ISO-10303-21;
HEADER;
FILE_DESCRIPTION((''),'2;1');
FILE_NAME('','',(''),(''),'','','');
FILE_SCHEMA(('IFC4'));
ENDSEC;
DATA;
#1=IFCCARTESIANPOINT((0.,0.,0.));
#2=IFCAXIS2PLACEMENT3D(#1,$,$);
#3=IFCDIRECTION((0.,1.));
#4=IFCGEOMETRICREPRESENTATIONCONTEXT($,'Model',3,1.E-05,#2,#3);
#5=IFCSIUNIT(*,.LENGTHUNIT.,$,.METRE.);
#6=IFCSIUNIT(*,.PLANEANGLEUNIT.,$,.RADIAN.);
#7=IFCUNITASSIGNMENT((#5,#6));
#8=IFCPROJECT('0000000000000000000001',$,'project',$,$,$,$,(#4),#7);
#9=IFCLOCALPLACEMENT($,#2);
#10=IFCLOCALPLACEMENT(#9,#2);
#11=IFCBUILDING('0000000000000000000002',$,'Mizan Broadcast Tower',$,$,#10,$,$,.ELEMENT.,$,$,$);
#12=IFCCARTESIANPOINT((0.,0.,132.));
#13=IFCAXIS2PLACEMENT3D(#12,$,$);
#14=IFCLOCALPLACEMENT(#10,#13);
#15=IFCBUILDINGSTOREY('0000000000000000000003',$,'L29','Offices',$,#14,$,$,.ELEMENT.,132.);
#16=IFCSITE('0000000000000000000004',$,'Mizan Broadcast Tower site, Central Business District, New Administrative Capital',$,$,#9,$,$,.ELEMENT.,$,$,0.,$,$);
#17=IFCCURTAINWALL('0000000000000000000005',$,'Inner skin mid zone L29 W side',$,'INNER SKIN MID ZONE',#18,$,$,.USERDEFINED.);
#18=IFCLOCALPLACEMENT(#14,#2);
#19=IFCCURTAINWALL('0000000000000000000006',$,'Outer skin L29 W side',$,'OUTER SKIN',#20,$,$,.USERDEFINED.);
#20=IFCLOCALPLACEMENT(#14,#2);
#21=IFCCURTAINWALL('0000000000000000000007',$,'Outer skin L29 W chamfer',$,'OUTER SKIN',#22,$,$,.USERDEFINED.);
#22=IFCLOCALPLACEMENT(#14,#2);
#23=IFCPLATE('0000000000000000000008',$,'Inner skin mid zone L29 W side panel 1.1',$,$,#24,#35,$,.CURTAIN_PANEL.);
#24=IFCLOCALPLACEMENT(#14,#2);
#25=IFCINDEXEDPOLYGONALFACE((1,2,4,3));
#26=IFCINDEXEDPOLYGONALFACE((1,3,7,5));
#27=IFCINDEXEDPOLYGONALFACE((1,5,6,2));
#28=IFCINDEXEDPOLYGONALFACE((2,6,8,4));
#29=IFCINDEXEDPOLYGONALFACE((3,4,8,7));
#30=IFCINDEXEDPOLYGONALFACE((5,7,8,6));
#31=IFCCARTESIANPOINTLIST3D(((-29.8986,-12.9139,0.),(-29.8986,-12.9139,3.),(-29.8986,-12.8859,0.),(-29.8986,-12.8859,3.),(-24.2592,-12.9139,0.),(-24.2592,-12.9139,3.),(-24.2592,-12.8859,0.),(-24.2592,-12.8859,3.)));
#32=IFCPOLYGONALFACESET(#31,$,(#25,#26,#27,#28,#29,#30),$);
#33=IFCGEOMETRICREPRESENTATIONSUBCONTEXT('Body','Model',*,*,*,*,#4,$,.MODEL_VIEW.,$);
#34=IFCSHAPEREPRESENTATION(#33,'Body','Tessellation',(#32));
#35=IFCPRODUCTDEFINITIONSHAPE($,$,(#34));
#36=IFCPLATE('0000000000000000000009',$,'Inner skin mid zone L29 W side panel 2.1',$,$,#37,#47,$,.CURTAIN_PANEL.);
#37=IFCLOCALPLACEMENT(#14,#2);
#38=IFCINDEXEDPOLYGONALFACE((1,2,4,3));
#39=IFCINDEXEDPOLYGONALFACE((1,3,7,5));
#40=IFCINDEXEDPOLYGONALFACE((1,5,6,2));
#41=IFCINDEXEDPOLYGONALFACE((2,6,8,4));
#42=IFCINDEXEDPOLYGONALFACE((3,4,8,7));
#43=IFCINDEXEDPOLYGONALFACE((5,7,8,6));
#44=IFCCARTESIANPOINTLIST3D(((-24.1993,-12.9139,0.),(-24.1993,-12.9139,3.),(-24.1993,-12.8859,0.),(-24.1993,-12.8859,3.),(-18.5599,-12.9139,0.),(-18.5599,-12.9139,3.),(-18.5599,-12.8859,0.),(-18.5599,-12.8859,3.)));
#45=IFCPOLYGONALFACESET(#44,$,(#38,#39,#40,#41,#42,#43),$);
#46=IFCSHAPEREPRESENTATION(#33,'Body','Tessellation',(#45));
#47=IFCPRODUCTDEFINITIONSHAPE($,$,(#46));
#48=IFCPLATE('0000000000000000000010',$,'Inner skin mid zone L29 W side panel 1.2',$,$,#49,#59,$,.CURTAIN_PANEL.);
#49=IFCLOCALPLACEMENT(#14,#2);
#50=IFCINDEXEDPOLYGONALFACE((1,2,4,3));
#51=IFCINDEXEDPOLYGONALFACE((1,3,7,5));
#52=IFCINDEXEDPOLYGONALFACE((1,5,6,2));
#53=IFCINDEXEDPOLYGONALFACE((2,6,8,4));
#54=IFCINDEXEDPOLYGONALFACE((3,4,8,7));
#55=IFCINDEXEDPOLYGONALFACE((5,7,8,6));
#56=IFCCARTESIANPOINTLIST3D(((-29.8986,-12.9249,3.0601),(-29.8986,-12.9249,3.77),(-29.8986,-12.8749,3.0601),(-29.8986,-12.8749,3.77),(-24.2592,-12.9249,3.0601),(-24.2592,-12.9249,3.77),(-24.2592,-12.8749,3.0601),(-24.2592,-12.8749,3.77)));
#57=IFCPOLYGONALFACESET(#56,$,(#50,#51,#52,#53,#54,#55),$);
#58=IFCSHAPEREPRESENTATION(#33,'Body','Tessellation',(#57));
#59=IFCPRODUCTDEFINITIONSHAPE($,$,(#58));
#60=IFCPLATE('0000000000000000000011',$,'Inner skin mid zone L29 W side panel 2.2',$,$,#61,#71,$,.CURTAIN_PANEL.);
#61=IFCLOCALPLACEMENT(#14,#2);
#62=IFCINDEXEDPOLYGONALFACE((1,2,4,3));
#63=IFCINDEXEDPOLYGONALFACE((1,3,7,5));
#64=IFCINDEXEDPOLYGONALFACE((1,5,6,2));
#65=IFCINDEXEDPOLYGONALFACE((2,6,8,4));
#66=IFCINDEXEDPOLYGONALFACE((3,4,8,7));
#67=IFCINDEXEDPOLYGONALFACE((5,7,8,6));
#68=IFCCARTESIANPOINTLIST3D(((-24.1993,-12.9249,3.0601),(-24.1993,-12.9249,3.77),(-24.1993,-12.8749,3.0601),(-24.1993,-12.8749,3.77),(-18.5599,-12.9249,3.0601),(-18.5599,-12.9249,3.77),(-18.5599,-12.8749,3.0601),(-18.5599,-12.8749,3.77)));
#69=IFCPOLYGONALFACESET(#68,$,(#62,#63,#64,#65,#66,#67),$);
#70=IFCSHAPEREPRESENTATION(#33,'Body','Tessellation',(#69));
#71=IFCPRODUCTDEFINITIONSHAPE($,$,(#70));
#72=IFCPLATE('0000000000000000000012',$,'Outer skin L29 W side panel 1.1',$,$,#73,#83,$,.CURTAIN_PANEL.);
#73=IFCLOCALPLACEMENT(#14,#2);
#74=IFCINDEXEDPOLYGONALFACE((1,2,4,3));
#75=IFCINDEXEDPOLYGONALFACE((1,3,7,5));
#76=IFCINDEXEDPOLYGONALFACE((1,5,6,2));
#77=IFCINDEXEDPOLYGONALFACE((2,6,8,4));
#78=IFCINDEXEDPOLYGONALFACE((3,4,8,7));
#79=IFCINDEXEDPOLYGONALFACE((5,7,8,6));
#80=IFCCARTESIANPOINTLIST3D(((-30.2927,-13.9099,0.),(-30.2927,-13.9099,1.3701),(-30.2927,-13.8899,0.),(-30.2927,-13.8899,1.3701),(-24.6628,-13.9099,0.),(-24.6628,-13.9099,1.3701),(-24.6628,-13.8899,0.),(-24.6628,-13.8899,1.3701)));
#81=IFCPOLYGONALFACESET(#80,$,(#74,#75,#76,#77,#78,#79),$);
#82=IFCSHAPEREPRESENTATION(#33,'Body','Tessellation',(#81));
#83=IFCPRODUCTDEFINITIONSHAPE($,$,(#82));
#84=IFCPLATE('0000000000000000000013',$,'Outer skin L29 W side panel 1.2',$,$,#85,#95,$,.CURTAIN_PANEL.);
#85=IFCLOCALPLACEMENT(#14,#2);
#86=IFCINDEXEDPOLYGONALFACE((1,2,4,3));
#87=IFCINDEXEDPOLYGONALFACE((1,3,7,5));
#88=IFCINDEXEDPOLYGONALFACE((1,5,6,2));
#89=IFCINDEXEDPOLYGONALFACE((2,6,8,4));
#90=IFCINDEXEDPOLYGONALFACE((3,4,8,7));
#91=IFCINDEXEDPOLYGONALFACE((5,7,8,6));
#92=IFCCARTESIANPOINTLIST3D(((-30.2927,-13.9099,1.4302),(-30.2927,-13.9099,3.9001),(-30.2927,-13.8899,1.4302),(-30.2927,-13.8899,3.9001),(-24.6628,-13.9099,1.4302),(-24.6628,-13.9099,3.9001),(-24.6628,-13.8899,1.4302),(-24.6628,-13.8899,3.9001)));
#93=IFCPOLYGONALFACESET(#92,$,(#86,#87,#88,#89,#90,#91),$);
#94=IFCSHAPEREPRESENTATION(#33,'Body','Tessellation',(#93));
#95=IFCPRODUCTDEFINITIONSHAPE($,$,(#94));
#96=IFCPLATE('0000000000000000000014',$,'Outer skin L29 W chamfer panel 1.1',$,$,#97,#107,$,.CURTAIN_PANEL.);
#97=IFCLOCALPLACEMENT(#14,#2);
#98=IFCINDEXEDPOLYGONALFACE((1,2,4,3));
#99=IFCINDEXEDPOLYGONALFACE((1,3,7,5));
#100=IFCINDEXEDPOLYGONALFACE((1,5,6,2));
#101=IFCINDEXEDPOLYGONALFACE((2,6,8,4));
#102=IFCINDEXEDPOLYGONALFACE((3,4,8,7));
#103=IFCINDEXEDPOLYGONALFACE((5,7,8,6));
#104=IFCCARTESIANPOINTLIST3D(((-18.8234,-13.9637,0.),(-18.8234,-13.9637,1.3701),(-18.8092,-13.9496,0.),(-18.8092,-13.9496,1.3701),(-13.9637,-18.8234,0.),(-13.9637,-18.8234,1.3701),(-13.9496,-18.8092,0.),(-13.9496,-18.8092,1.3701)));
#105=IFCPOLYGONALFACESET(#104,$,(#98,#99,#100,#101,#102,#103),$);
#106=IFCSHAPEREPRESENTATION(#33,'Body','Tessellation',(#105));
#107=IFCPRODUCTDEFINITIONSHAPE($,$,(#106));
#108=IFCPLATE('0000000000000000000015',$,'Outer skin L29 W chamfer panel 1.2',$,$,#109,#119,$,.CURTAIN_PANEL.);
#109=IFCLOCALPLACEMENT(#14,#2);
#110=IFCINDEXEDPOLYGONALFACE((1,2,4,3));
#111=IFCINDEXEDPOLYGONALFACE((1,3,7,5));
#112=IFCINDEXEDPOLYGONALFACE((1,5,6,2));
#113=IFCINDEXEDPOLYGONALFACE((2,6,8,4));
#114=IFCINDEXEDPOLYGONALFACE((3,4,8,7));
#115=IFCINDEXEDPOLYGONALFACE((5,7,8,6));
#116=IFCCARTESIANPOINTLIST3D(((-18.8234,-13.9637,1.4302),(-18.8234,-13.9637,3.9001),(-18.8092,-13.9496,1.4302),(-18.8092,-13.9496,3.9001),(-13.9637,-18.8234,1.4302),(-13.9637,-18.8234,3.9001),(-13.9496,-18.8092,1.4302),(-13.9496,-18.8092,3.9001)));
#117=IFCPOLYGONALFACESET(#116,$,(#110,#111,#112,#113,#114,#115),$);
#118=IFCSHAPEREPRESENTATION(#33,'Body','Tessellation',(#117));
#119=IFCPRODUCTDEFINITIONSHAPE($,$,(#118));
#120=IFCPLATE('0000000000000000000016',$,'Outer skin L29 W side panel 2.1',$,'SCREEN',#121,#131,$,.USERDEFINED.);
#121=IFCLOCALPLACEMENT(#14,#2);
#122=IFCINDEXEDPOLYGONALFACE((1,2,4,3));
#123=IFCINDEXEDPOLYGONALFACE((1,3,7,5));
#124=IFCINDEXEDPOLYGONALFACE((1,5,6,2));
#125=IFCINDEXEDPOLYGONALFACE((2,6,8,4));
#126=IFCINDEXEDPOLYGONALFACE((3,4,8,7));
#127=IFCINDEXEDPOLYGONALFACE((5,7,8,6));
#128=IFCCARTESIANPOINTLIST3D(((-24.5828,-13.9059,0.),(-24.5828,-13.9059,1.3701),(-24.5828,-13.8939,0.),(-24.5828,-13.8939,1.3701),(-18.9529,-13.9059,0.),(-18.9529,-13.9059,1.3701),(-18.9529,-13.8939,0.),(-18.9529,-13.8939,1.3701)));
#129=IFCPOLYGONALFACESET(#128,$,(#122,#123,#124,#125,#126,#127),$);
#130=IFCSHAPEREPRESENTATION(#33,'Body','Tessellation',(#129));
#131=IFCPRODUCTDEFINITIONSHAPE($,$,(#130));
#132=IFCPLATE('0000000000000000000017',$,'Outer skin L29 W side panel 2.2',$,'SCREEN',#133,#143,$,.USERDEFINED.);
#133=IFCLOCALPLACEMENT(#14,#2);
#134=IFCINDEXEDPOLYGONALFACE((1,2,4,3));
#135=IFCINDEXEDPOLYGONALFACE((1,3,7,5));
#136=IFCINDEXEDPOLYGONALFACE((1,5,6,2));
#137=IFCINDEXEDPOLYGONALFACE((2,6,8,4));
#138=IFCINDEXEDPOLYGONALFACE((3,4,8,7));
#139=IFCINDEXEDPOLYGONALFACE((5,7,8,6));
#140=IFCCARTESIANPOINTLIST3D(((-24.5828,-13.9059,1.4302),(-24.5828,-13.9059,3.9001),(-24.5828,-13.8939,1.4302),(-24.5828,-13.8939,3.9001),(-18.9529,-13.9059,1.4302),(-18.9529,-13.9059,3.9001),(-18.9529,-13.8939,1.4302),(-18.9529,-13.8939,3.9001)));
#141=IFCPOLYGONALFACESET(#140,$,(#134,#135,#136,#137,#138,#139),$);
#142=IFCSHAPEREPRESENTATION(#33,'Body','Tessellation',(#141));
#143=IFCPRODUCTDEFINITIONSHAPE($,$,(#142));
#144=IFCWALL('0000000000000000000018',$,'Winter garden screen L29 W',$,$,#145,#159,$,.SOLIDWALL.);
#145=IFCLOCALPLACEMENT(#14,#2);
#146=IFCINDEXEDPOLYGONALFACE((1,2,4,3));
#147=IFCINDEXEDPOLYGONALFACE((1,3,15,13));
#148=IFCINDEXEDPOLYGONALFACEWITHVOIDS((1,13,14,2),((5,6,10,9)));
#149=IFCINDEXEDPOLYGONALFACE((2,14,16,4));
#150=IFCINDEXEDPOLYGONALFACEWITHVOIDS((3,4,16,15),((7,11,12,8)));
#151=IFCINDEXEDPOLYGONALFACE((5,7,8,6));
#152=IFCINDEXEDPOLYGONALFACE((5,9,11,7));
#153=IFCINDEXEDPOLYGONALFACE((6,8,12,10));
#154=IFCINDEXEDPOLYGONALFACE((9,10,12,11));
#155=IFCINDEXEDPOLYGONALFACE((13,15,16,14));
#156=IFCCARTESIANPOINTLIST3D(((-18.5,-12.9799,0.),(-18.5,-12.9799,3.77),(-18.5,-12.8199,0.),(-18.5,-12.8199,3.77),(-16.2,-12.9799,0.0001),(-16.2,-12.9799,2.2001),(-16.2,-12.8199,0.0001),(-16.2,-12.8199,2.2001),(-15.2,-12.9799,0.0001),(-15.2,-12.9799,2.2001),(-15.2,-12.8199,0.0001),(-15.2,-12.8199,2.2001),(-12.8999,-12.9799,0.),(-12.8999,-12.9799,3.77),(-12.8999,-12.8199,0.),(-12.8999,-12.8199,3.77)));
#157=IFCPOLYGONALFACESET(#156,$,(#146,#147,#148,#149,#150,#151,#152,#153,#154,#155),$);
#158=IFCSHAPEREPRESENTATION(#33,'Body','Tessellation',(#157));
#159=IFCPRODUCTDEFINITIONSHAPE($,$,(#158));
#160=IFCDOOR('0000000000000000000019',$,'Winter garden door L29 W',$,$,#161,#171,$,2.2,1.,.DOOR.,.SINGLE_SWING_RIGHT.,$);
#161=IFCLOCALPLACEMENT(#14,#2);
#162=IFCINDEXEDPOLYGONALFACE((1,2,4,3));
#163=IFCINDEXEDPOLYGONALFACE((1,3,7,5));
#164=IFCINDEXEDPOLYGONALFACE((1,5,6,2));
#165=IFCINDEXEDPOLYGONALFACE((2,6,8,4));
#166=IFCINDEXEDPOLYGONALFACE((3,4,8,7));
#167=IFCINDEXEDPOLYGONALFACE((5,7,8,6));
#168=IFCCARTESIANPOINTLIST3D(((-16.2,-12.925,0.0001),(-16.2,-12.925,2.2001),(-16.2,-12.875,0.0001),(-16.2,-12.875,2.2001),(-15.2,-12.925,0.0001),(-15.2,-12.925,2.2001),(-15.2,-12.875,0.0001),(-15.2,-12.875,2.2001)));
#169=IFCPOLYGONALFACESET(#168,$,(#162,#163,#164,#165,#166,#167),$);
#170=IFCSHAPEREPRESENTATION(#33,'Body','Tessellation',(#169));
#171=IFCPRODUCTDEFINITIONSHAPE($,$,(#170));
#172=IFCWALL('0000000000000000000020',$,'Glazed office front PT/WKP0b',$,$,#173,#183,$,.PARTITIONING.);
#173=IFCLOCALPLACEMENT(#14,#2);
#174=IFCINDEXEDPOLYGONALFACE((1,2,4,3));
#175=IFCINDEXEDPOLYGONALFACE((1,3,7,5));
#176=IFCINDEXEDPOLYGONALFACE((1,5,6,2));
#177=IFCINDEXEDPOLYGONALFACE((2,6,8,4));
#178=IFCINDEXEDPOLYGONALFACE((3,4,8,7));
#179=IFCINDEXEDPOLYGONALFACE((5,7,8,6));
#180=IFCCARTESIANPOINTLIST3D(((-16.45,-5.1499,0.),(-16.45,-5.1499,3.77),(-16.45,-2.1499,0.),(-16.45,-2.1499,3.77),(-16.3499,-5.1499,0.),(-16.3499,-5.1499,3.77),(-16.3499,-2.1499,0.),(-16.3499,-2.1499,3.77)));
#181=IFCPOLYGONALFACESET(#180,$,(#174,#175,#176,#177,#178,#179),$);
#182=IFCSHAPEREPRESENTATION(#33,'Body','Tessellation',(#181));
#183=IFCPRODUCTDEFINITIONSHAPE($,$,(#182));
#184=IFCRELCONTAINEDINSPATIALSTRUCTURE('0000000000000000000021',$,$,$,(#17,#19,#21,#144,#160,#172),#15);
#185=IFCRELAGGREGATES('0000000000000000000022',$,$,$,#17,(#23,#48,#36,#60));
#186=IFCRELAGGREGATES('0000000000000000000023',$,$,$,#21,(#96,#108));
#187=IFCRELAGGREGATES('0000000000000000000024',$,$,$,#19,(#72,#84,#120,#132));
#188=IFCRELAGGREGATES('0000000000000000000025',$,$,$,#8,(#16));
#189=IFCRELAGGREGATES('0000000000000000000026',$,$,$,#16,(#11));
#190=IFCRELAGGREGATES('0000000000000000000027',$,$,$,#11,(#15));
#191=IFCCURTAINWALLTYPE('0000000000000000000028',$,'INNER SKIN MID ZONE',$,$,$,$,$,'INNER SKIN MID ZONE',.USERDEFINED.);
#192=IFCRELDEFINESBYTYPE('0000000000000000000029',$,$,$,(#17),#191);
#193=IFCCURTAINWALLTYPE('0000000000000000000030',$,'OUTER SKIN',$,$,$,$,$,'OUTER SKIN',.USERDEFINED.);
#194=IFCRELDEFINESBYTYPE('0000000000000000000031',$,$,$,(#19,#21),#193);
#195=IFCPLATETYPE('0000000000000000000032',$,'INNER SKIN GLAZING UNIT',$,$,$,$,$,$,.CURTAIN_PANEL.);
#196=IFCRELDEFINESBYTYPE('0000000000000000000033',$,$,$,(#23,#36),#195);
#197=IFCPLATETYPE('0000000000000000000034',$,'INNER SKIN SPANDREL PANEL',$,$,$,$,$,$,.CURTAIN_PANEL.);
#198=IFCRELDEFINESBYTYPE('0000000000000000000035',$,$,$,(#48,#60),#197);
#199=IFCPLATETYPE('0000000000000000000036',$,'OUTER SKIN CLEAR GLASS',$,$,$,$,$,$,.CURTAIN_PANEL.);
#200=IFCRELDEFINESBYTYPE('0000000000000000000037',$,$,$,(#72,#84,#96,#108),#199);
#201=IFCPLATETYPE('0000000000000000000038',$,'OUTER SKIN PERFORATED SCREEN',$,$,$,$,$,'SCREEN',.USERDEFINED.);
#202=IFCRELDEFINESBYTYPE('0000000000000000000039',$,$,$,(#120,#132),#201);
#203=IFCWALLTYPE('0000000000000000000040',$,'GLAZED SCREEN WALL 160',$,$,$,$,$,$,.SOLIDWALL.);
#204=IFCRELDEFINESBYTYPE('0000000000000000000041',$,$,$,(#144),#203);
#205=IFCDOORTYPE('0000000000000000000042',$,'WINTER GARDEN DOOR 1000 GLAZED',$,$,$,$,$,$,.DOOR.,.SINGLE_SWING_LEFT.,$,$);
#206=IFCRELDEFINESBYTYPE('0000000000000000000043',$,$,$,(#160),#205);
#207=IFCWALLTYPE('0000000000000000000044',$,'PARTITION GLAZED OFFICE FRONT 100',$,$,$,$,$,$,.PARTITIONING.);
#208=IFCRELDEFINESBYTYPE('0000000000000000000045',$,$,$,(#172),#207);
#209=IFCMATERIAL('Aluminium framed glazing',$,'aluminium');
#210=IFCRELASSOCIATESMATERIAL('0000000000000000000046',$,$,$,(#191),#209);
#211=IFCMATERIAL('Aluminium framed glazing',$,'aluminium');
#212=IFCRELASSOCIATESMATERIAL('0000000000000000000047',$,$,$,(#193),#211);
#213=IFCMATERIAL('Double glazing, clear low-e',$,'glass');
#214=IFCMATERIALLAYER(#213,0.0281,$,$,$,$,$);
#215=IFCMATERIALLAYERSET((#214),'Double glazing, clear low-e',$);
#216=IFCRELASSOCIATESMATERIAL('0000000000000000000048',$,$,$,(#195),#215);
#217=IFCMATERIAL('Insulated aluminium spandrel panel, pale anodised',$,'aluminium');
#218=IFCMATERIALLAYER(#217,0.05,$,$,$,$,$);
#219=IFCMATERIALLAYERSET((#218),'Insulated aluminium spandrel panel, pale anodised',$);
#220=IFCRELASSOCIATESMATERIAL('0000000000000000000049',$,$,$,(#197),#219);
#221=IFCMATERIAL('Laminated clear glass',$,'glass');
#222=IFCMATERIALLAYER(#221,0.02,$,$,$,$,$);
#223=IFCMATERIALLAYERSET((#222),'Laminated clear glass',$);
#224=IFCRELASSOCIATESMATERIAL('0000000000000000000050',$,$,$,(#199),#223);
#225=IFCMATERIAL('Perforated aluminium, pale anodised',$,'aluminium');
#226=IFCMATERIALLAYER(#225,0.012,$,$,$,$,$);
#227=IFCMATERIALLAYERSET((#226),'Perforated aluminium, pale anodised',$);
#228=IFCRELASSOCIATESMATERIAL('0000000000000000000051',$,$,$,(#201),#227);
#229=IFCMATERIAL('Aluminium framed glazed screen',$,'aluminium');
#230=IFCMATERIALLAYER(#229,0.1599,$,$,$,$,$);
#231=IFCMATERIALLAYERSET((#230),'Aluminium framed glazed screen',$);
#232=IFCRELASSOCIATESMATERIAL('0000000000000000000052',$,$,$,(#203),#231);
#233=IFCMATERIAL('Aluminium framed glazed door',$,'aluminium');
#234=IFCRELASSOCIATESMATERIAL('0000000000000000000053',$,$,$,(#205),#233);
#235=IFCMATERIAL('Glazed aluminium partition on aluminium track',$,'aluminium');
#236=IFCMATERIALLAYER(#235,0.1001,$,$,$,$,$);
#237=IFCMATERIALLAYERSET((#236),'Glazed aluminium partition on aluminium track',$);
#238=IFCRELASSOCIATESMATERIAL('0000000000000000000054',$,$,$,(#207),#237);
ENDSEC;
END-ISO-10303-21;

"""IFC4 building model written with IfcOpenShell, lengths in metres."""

from ifc_helpers import new_model, si_unit, direction, frame, frame_2d, origin, origin_2d, place, context, subcontext, project, spatial, rectangle, extrude, material, layer, layer_set, type_object, element, fill, aggregate, save


model = new_model("IFC4")

# Units and contexts
model_context = context("Model", 3, precision=1e-05, world=origin(), true_north=direction((0.0, 1.0)))
body_context = subcontext(model_context, "Body", "Model", "MODEL_VIEW")
ifc_project = project(units=[si_unit("LENGTHUNIT", "METRE"), si_unit("PLANEANGLEUNIT", "RADIAN")], contexts=[model_context])

# Site, building, storey
site_placement = place(None, origin())
site = spatial("IfcSite", under=ifc_project, at=site_placement, Name="Mizan Broadcast Tower site, Central Business District, New Administrative Capital", CompositionType="ELEMENT", RefElevation=0.0)
building_placement = place(site_placement, origin())
building = spatial("IfcBuilding", under=site, at=building_placement, Name="Mizan Broadcast Tower", CompositionType="ELEMENT")
storey_placement = place(building_placement, frame((0.0, 0.0, 132.0)))
storey = spatial("IfcBuildingStorey", under=building, at=storey_placement, Name="L29", Description="Offices", CompositionType="ELEMENT", Elevation=132.0)

# Curtain walls
ifc_material_1 = material(Name="Aluminium framed glazing", Category="aluminium")
curtain_wall_type_1 = type_object("IfcCurtainWallType", Name="INNER SKIN MID ZONE", ElementType="INNER SKIN MID ZONE", PredefinedType="USERDEFINED", material=ifc_material_1)
curtain_wall_1_placement = place(storey_placement, origin())
curtain_wall_1 = element("IfcCurtainWall", 1, at=curtain_wall_1_placement, inside=storey, type_object=curtain_wall_type_1, Name="Inner skin mid zone L29 W side", ObjectType="INNER SKIN MID ZONE", PredefinedType="USERDEFINED")
ifc_material_2 = material(Name="Aluminium framed glazing", Category="aluminium")
curtain_wall_type_2 = type_object("IfcCurtainWallType", Name="OUTER SKIN", ElementType="OUTER SKIN", PredefinedType="USERDEFINED", material=ifc_material_2)
curtain_wall_2_placement = place(storey_placement, origin())
curtain_wall_2 = element("IfcCurtainWall", 2, at=curtain_wall_2_placement, inside=storey, type_object=curtain_wall_type_2, Name="Outer skin L29 W side", ObjectType="OUTER SKIN", PredefinedType="USERDEFINED")

# Curtain wall
curtain_wall_3_placement = place(storey_placement, origin())
curtain_wall_3 = element("IfcCurtainWall", 3, at=curtain_wall_3_placement, inside=storey, type_object=curtain_wall_type_2, Name="Outer skin L29 W chamfer", ObjectType="OUTER SKIN", PredefinedType="USERDEFINED")

# Plates
ifc_material_3 = material(Name="Double glazing, clear low-e", Category="glass")
ifc_layer_1 = layer(ifc_material_3, 0.0281)
ifc_layer_set_1 = layer_set([ifc_layer_1], Name="Double glazing, clear low-e")
plate_type_1 = type_object("IfcPlateType", Name="INNER SKIN GLAZING UNIT", PredefinedType="CURTAIN_PANEL", material=ifc_layer_set_1)
plate_1_placement = place(storey_placement, frame((-27.0789, -12.8999, 0.0), z_axis=(0.0, 0.0, 1.0), x_axis=(1.0, 0.0, 0.0)))
plate_1 = element("IfcPlate", 4, at=plate_1_placement, type_object=plate_type_1, Name="Inner skin mid zone L29 W side panel 1.1", PredefinedType="CURTAIN_PANEL", context=body_context, shape_type="SweptSolid", body=[
    extrude(rectangle(XDim=5.6394, YDim=0.0281, at=origin_2d()), origin(), (0.0, 0.0, 1.0), 3.0),
])
plate_2_placement = place(storey_placement, frame((-21.3796, -12.8999, 0.0), z_axis=(0.0, 0.0, 1.0), x_axis=(1.0, 0.0, 0.0)))
plate_2 = element("IfcPlate", 5, at=plate_2_placement, type_object=plate_type_1, Name="Inner skin mid zone L29 W side panel 2.1", PredefinedType="CURTAIN_PANEL", context=body_context, shape_type="SweptSolid", body=[
    extrude(rectangle(XDim=5.6394, YDim=0.0281, at=origin_2d()), origin(), (0.0, 0.0, 1.0), 3.0),
])
ifc_material_4 = material(Name="Insulated aluminium spandrel panel, pale anodised", Category="aluminium")
ifc_layer_2 = layer(ifc_material_4, 0.05)
ifc_layer_set_2 = layer_set([ifc_layer_2], Name="Insulated aluminium spandrel panel, pale anodised")
plate_type_2 = type_object("IfcPlateType", Name="INNER SKIN SPANDREL PANEL", PredefinedType="CURTAIN_PANEL", material=ifc_layer_set_2)
plate_3_placement = place(storey_placement, frame((-27.0789, -12.8999, 3.0601), z_axis=(0.0, 0.0, 1.0), x_axis=(1.0, 0.0, 0.0)))
plate_3 = element("IfcPlate", 6, at=plate_3_placement, type_object=plate_type_2, Name="Inner skin mid zone L29 W side panel 1.2", PredefinedType="CURTAIN_PANEL", context=body_context, shape_type="SweptSolid", body=[
    extrude(rectangle(XDim=5.6394, YDim=0.05, at=origin_2d()), origin(), (0.0, 0.0, 1.0), 0.71),
])
plate_4_placement = place(storey_placement, frame((-21.3796, -12.8999, 3.0601), z_axis=(0.0, 0.0, 1.0), x_axis=(1.0, 0.0, 0.0)))
plate_4 = element("IfcPlate", 7, at=plate_4_placement, type_object=plate_type_2, Name="Inner skin mid zone L29 W side panel 2.2", PredefinedType="CURTAIN_PANEL", context=body_context, shape_type="SweptSolid", body=[
    extrude(rectangle(XDim=5.6394, YDim=0.05, at=origin_2d()), origin(), (0.0, 0.0, 1.0), 0.71),
])
aggregate(curtain_wall_1, [plate_1, plate_3, plate_2, plate_4])
ifc_material_5 = material(Name="Laminated clear glass", Category="glass")
ifc_layer_3 = layer(ifc_material_5, 0.02)
ifc_layer_set_3 = layer_set([ifc_layer_3], Name="Laminated clear glass")
plate_type_3 = type_object("IfcPlateType", Name="OUTER SKIN CLEAR GLASS", PredefinedType="CURTAIN_PANEL", material=ifc_layer_set_3)
plate_5_placement = place(storey_placement, frame((-27.4778, -13.8999, 0.0), z_axis=(0.0, 0.0, 1.0), x_axis=(1.0, 0.0, 0.0)))
plate_5 = element("IfcPlate", 8, at=plate_5_placement, type_object=plate_type_3, Name="Outer skin L29 W side panel 1.1", PredefinedType="CURTAIN_PANEL", context=body_context, shape_type="SweptSolid", body=[
    extrude(rectangle(XDim=5.6299, YDim=0.02, at=origin_2d()), origin(), (0.0, 0.0, 1.0), 1.3701),
])
plate_6_placement = place(storey_placement, frame((-27.4778, -13.8999, 1.4302), z_axis=(0.0, 0.0, 1.0), x_axis=(1.0, 0.0, 0.0)))
plate_6 = element("IfcPlate", 9, at=plate_6_placement, type_object=plate_type_3, Name="Outer skin L29 W side panel 1.2", PredefinedType="CURTAIN_PANEL", context=body_context, shape_type="SweptSolid", body=[
    extrude(rectangle(XDim=5.6299, YDim=0.02, at=origin_2d()), origin(), (0.0, 0.0, 1.0), 2.47),
])
plate_7_placement = place(storey_placement, frame((-16.3865, -16.3865, 0.0), z_axis=(0.0, 0.0, 1.0), x_axis=(0.707107, -0.707107, 0.0)))
plate_7 = element("IfcPlate", 10, at=plate_7_placement, type_object=plate_type_3, Name="Outer skin L29 W chamfer panel 1.1", PredefinedType="CURTAIN_PANEL", context=body_context, shape_type="SweptSolid", body=[
    extrude(rectangle(XDim=6.8726, YDim=0.02, at=origin_2d()), origin(), (0.0, 0.0, 1.0), 1.3701),
])
plate_8_placement = place(storey_placement, frame((-16.3865, -16.3865, 1.4302), z_axis=(0.0, 0.0, 1.0), x_axis=(0.707107, -0.707107, 0.0)))
plate_8 = element("IfcPlate", 11, at=plate_8_placement, type_object=plate_type_3, Name="Outer skin L29 W chamfer panel 1.2", PredefinedType="CURTAIN_PANEL", context=body_context, shape_type="SweptSolid", body=[
    extrude(rectangle(XDim=6.8726, YDim=0.02, at=origin_2d()), origin(), (0.0, 0.0, 1.0), 2.47),
])
aggregate(curtain_wall_3, [plate_7, plate_8])
ifc_material_6 = material(Name="Perforated aluminium, pale anodised", Category="aluminium")
ifc_layer_4 = layer(ifc_material_6, 0.012)
ifc_layer_set_4 = layer_set([ifc_layer_4], Name="Perforated aluminium, pale anodised")
plate_type_4 = type_object("IfcPlateType", Name="OUTER SKIN PERFORATED SCREEN", ElementType="SCREEN", PredefinedType="USERDEFINED", material=ifc_layer_set_4)
plate_9_placement = place(storey_placement, frame((-21.7678, -13.8999, 0.0), z_axis=(0.0, 0.0, 1.0), x_axis=(1.0, 0.0, 0.0)))
plate_9 = element("IfcPlate", 12, at=plate_9_placement, type_object=plate_type_4, Name="Outer skin L29 W side panel 2.1", ObjectType="SCREEN", PredefinedType="USERDEFINED", context=body_context, shape_type="SweptSolid", body=[
    extrude(rectangle(XDim=5.6299, YDim=0.012, at=origin_2d()), origin(), (0.0, 0.0, 1.0), 1.3701),
])
plate_10_placement = place(storey_placement, frame((-21.7678, -13.8999, 1.4302), z_axis=(0.0, 0.0, 1.0), x_axis=(1.0, 0.0, 0.0)))
plate_10 = element("IfcPlate", 13, at=plate_10_placement, type_object=plate_type_4, Name="Outer skin L29 W side panel 2.2", ObjectType="SCREEN", PredefinedType="USERDEFINED", context=body_context, shape_type="SweptSolid", body=[
    extrude(rectangle(XDim=5.6299, YDim=0.012, at=origin_2d()), origin(), (0.0, 0.0, 1.0), 2.47),
])
aggregate(curtain_wall_2, [plate_5, plate_6, plate_9, plate_10])

# Wall, opening, door
ifc_material_7 = material(Name="Aluminium framed glazed screen", Category="aluminium")
ifc_layer_5 = layer(ifc_material_7, 0.1599)
ifc_layer_set_5 = layer_set([ifc_layer_5], Name="Aluminium framed glazed screen")
wall_type_1 = type_object("IfcWallType", Name="GLAZED SCREEN WALL 160", PredefinedType="SOLIDWALL", material=ifc_layer_set_5)
wall_1_placement = place(storey_placement, frame((-18.5, -12.8999, 0.0), z_axis=(0.0, 0.0, 1.0), x_axis=(1.0, 0.0, 0.0)))
wall_1 = element("IfcWall", 14, at=wall_1_placement, inside=storey, type_object=wall_type_1, Name="Winter garden screen L29 W", PredefinedType="SOLIDWALL", context=body_context, shape_type="SweptSolid", body=[
    extrude(rectangle(XDim=5.6001, YDim=0.1599, at=frame_2d((2.8, 0.0))), origin(), (0.0, 0.0, 1.0), 3.77),
])
opening_placement = place(wall_1_placement, frame((2.3, 0.0, 0.0)))
opening = element("IfcOpeningElement", 15, at=opening_placement, cuts=wall_1, PredefinedType="OPENING", context=body_context, shape_type="SweptSolid", body=[
    extrude(rectangle(XDim=1.0, YDim=2.2, at=frame_2d((0.5, 1.1001))), frame((0.0, 0.0898, 0.0), z_axis=(0.0, -1.0, 0.0), x_axis=(1.0, 0.0, 0.0)), (0.0, 0.0, 1.0), 0.1799),
])
ifc_material_8 = material(Name="Aluminium framed glazed door", Category="aluminium")
door_type = type_object("IfcDoorType", Name="WINTER GARDEN DOOR 1000 GLAZED", OperationType="SINGLE_SWING_LEFT", PredefinedType="DOOR", material=ifc_material_8)
door_placement = place(opening_placement, origin())
door = element("IfcDoor", 16, at=door_placement, inside=storey, type_object=door_type, Name="Winter garden door L29 W", OperationType="SINGLE_SWING_RIGHT", OverallHeight=2.2, OverallWidth=1.0, PredefinedType="DOOR", context=body_context, shape_type="SweptSolid", body=[
    extrude(rectangle(XDim=1.0, YDim=2.2, at=frame_2d((0.5, 1.1001))), frame((0.0, 0.0249, 0.0), z_axis=(0.0, -1.0, 0.0), x_axis=(1.0, 0.0, 0.0)), (0.0, 0.0, 1.0), 0.05),
])
fill(opening, door)

# Wall
ifc_material_9 = material(Name="Glazed aluminium partition on aluminium track", Category="aluminium")
ifc_layer_6 = layer(ifc_material_9, 0.1001)
ifc_layer_set_6 = layer_set([ifc_layer_6], Name="Glazed aluminium partition on aluminium track")
wall_type_2 = type_object("IfcWallType", Name="PARTITION GLAZED OFFICE FRONT 100", PredefinedType="PARTITIONING", material=ifc_layer_set_6)
wall_2_placement = place(storey_placement, frame((-16.3999, -2.1499, 0.0), z_axis=(0.0, 0.0, 1.0), x_axis=(0.0, -1.0, 0.0)))
element("IfcWall", 17, at=wall_2_placement, inside=storey, type_object=wall_type_2, Name="Glazed office front PT/WKP0b", PredefinedType="PARTITIONING", context=body_context, shape_type="SweptSolid", body=[
    extrude(rectangle(XDim=3.0, YDim=0.1001, at=frame_2d((1.5, 0.0))), origin(), (0.0, 0.0, 1.0), 3.77),
])

save(model, "model.ifc")
